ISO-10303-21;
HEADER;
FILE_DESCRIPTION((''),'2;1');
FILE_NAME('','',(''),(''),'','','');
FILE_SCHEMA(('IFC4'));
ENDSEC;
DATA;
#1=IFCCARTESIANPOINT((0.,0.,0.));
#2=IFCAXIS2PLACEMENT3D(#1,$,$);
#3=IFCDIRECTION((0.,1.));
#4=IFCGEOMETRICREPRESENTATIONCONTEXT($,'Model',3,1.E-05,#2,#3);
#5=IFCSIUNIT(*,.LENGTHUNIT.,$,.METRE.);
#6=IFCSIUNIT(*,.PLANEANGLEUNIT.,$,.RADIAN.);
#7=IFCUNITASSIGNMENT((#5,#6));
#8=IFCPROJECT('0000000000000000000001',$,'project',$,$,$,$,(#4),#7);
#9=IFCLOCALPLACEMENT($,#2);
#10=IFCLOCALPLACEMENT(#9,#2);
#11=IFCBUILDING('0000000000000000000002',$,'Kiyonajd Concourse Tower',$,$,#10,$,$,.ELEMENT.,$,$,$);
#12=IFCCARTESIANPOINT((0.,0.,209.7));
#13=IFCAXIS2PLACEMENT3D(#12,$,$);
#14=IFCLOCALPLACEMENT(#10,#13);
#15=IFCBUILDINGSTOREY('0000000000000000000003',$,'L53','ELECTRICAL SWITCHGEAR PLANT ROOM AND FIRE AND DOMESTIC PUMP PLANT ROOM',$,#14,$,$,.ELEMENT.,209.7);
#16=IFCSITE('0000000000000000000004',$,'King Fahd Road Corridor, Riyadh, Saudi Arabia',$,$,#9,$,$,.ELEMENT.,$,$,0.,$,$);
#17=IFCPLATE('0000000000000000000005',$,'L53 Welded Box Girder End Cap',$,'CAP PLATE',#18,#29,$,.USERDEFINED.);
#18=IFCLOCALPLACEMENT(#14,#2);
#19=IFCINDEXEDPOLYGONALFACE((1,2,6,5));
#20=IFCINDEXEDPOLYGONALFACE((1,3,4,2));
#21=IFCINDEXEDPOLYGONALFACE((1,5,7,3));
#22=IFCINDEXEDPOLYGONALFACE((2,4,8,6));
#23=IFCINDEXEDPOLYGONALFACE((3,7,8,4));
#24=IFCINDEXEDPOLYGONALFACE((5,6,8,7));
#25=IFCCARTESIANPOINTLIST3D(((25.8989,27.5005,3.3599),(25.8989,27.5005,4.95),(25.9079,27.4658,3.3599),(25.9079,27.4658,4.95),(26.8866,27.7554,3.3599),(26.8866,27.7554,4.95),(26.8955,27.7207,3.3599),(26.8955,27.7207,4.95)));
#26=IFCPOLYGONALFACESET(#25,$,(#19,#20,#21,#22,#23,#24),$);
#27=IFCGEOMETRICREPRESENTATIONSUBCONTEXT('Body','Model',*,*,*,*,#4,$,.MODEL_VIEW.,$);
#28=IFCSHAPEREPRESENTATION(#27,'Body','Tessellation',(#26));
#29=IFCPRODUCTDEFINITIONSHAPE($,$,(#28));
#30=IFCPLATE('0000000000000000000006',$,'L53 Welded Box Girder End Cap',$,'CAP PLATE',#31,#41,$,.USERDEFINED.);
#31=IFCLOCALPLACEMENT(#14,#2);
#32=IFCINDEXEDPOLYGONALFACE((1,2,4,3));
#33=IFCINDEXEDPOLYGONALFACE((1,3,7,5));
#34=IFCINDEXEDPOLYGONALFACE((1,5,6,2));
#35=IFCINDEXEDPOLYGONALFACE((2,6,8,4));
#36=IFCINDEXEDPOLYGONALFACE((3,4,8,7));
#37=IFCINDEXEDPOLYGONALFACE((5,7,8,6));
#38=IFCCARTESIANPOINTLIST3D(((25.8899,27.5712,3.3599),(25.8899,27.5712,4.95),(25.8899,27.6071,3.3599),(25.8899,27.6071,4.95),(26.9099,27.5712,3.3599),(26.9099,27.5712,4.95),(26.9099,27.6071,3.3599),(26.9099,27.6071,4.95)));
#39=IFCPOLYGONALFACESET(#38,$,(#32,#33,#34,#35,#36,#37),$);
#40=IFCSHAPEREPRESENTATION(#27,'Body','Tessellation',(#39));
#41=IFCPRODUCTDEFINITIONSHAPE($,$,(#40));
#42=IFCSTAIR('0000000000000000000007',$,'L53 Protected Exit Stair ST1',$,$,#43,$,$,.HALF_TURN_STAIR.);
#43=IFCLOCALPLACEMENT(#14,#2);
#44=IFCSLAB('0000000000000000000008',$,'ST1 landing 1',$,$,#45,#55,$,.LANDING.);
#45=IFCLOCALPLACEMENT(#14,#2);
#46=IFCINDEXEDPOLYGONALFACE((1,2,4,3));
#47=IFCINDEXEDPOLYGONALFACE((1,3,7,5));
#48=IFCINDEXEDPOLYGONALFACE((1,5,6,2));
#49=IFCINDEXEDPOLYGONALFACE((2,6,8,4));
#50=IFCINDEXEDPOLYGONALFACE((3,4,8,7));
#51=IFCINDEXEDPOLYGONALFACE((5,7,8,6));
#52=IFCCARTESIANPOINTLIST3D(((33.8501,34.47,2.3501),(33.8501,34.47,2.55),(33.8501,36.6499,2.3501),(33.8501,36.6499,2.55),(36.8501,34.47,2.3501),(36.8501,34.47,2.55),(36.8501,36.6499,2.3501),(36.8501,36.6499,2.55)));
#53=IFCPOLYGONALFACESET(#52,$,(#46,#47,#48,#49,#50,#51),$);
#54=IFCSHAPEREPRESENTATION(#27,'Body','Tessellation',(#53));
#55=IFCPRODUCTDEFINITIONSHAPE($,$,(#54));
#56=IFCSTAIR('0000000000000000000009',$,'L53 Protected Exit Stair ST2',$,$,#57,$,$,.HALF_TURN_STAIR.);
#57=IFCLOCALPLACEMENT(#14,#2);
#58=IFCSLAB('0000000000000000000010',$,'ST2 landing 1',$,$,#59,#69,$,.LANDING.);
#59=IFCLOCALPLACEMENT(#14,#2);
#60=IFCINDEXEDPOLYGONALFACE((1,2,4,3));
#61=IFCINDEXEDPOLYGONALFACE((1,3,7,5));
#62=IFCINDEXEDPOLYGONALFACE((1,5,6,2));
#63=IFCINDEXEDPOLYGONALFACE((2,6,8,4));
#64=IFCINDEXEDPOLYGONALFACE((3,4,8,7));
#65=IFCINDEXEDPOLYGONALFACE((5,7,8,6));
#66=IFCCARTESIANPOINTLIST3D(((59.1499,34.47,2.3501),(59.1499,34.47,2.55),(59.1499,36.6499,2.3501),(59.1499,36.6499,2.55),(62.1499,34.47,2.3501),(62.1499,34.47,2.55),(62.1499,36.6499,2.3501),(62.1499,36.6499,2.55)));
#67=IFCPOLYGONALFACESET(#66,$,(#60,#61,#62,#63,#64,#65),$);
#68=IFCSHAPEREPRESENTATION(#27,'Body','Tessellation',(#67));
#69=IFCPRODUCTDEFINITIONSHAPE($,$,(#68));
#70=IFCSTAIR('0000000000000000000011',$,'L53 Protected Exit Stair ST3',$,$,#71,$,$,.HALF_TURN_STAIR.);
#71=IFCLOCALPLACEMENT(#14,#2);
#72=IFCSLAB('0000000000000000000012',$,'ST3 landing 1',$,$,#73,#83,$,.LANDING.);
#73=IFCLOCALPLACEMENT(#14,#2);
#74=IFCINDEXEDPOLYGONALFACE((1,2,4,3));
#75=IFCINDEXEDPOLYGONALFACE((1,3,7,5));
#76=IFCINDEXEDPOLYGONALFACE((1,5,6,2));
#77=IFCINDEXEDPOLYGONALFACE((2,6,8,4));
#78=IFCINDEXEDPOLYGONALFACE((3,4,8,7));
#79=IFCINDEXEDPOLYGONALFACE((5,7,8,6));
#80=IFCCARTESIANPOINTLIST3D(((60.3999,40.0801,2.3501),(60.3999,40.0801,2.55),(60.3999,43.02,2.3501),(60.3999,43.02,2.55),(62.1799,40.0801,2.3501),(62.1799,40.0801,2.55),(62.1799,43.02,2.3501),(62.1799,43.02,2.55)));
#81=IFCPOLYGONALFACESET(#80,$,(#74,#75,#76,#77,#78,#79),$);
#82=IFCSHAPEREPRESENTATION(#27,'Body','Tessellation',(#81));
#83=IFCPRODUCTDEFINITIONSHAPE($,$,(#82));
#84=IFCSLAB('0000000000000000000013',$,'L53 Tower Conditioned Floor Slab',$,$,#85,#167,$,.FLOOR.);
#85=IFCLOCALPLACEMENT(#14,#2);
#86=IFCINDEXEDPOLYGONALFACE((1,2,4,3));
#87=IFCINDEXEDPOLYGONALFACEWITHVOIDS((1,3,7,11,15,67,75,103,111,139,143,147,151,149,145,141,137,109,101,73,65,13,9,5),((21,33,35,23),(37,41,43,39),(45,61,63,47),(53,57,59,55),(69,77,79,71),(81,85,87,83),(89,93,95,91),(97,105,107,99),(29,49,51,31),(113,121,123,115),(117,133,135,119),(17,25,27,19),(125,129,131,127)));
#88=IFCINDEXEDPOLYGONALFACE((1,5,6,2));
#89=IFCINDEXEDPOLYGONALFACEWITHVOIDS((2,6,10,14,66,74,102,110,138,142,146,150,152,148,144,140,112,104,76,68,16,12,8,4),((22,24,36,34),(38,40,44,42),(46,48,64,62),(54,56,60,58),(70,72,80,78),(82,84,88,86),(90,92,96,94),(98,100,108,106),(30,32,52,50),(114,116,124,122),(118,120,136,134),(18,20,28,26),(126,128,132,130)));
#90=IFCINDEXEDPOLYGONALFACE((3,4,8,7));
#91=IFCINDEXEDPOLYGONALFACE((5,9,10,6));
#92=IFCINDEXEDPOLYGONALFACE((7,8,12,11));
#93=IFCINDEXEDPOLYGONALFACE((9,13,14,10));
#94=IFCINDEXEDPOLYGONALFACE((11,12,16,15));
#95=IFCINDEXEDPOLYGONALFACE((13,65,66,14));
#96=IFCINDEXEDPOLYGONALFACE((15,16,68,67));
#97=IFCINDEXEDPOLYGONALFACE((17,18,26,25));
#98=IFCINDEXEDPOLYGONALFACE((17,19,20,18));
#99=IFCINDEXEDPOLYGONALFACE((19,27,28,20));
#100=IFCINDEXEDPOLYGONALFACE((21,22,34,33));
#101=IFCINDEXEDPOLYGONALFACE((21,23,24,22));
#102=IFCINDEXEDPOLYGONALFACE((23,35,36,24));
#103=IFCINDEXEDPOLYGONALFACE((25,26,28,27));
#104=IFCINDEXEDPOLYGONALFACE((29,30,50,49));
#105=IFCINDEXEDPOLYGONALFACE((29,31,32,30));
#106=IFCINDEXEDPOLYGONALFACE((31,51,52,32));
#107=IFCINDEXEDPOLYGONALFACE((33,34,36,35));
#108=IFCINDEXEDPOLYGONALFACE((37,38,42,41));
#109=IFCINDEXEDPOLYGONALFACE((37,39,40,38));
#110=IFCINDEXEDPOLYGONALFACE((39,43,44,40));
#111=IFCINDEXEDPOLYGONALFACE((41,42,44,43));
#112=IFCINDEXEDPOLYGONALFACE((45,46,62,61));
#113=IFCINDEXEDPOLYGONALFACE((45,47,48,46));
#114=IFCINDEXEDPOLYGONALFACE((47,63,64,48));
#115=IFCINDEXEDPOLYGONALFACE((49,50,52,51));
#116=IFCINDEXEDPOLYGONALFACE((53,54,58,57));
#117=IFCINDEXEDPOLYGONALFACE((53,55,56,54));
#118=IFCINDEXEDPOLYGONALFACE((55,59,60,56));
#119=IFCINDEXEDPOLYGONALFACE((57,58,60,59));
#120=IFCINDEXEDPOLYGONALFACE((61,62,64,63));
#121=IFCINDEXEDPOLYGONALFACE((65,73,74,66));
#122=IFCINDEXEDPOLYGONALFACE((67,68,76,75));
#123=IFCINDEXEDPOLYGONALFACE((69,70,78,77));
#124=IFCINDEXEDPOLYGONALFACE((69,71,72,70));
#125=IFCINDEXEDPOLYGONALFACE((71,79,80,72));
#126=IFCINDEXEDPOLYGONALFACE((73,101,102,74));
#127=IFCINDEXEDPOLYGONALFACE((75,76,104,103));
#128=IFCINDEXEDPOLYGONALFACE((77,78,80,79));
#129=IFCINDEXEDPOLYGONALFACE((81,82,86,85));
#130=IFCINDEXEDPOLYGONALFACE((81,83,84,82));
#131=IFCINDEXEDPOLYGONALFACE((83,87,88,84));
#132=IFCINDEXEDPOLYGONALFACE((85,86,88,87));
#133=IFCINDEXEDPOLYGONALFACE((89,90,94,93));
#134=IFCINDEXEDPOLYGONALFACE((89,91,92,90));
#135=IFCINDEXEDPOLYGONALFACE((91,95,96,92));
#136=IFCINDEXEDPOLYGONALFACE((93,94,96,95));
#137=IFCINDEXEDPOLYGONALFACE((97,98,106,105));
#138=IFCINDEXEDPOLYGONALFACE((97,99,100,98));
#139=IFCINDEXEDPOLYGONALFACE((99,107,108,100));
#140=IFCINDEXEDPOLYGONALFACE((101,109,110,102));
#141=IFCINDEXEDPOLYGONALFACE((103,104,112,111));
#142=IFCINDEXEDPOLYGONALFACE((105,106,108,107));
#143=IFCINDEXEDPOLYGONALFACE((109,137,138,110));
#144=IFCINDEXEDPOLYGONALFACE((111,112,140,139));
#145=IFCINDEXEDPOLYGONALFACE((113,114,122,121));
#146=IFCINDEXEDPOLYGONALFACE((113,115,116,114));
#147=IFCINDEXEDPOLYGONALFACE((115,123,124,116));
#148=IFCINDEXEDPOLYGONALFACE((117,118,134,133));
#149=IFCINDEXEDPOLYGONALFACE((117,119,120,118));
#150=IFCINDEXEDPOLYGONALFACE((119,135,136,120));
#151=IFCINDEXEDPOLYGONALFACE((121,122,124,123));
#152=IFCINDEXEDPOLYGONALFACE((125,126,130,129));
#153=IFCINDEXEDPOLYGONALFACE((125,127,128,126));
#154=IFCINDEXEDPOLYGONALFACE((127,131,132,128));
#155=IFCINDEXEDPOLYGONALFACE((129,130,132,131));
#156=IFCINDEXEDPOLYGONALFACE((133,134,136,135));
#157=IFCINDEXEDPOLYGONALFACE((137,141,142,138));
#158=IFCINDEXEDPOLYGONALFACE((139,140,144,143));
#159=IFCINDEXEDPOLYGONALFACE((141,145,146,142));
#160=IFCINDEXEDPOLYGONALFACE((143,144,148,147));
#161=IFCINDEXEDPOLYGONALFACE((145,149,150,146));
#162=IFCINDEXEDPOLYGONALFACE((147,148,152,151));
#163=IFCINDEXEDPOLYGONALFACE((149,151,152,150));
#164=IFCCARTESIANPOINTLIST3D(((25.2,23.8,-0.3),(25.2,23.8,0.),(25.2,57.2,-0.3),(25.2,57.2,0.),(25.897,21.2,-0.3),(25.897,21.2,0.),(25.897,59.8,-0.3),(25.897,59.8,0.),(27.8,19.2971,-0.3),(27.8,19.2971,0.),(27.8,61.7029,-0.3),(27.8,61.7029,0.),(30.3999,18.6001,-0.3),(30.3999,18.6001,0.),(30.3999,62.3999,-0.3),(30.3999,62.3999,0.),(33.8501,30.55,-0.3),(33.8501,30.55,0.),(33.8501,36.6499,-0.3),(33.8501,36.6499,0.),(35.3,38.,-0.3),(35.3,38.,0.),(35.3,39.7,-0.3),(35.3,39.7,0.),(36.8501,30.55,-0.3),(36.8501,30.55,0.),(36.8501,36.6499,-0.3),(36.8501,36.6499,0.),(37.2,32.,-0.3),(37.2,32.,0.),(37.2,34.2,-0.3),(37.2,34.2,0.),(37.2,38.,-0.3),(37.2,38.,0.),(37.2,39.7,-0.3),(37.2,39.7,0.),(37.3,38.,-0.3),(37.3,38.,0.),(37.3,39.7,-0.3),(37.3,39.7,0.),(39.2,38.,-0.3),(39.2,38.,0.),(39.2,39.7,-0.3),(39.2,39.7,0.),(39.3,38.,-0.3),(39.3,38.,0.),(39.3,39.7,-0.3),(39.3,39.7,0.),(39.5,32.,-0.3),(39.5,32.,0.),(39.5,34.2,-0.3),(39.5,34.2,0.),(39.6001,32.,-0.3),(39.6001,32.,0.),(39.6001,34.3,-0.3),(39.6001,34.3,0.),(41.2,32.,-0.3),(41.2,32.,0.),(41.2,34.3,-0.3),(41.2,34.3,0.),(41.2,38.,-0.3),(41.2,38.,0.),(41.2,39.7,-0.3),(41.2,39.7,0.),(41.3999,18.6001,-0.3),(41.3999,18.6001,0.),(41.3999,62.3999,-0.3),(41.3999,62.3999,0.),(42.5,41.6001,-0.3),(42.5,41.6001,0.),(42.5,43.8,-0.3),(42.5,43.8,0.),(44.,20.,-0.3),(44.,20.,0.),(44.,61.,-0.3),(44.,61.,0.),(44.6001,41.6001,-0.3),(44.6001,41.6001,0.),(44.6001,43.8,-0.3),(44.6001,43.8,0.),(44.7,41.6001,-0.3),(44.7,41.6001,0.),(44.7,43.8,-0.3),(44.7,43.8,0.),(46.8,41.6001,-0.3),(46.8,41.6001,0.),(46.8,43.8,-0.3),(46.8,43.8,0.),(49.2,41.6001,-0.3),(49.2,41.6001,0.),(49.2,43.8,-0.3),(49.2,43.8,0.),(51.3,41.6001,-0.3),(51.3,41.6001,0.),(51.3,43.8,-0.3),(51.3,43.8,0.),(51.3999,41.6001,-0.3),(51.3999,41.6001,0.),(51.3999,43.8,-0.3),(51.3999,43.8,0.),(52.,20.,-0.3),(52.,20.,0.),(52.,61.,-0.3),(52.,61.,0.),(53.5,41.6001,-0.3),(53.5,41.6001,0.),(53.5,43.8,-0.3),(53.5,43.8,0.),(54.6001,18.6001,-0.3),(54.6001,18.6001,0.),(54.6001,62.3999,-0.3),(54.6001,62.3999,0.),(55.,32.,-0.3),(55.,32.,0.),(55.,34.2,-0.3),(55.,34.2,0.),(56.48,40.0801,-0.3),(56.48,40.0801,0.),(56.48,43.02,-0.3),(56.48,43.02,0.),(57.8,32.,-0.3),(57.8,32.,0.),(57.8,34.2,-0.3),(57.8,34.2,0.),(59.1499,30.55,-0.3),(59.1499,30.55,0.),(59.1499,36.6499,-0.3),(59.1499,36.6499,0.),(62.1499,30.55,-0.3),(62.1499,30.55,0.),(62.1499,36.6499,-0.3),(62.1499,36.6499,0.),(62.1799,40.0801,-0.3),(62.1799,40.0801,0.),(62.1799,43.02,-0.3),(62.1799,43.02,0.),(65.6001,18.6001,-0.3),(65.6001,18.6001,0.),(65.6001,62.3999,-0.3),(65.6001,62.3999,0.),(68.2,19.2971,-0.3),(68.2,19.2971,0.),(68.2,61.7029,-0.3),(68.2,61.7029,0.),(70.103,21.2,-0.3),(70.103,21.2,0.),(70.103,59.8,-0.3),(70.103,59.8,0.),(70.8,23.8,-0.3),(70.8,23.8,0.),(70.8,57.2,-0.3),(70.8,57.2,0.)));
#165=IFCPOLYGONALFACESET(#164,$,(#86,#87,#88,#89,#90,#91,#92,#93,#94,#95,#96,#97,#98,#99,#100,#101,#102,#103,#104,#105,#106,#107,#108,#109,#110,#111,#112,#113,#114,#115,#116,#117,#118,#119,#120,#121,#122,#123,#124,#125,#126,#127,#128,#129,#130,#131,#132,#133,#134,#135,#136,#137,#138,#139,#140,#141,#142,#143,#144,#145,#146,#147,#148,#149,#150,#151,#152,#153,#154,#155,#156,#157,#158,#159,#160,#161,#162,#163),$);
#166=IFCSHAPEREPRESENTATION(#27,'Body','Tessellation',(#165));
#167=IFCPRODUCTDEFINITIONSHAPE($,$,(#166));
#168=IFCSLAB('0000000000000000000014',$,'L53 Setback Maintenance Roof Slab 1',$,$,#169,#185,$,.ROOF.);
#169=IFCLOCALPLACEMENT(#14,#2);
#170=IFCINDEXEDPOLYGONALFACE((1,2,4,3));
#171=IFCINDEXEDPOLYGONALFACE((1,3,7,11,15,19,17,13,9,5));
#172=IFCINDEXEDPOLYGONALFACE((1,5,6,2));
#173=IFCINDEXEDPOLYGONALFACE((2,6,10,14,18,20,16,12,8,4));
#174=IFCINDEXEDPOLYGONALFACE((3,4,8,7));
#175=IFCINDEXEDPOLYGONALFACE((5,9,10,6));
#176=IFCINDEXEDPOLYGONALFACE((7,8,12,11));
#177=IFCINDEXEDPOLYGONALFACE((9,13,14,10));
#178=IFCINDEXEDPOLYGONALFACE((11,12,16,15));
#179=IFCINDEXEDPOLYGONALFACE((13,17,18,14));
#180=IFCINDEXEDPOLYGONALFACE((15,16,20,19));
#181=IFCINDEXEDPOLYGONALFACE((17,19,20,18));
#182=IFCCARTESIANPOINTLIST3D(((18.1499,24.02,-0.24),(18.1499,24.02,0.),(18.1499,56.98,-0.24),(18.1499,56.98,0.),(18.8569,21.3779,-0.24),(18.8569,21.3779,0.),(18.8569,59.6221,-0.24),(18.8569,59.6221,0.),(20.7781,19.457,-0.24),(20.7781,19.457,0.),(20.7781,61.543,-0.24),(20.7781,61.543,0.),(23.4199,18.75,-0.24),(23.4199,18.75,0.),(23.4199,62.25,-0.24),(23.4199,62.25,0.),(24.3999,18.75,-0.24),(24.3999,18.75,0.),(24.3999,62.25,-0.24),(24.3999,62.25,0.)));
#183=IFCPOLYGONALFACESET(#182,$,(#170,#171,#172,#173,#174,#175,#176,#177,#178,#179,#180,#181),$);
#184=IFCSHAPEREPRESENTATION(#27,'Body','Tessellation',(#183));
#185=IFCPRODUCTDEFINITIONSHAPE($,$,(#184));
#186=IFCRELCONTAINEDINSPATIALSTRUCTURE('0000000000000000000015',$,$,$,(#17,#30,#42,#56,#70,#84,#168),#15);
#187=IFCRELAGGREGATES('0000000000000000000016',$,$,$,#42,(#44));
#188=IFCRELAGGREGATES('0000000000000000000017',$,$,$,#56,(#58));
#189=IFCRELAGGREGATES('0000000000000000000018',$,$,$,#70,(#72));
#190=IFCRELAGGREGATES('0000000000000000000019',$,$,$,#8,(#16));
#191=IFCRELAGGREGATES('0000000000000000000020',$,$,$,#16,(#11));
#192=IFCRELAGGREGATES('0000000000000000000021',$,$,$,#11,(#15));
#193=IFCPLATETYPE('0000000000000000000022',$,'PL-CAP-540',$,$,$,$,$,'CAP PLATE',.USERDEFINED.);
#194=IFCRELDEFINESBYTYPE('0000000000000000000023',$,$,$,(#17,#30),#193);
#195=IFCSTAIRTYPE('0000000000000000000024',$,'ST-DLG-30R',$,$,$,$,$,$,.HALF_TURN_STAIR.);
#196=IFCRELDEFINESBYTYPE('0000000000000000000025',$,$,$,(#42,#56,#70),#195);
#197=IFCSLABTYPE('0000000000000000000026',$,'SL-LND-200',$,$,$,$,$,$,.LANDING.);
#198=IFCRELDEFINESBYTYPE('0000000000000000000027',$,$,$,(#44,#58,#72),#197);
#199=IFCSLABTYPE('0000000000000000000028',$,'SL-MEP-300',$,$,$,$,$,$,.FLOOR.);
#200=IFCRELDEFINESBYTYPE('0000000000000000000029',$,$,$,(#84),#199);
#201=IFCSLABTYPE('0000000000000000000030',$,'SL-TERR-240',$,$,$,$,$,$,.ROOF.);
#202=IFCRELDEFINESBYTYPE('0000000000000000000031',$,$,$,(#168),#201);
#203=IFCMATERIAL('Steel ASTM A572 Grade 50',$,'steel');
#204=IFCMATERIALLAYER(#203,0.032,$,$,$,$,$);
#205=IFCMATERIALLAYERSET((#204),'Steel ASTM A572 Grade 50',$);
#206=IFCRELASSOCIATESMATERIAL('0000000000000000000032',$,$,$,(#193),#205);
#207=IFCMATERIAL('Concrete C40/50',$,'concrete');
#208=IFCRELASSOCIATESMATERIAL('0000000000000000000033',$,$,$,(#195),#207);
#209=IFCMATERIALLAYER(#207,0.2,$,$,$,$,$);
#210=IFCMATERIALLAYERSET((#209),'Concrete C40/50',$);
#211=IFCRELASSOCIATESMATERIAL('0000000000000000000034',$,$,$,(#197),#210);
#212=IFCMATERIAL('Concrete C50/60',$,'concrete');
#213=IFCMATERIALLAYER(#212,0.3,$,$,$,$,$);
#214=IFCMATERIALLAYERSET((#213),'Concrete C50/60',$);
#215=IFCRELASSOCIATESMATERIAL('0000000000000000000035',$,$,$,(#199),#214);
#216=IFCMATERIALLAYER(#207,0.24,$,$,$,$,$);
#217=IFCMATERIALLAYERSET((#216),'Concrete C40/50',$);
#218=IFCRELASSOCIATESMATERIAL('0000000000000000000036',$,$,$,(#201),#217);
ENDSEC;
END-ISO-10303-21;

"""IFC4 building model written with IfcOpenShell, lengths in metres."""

from ifc_helpers import new_model, si_unit, direction, frame, origin, origin_2d, place, context, subcontext, project, spatial, polyline, rectangle, outline, extrude, material, layer, layer_set, type_object, element, aggregate, save


model = new_model("IFC4")

# Units and contexts
model_context = context("Model", 3, precision=1e-05, world=origin(), true_north=direction((0.0, 1.0)))
body_context = subcontext(model_context, "Body", "Model", "MODEL_VIEW")
ifc_project = project(units=[si_unit("LENGTHUNIT", "METRE"), si_unit("PLANEANGLEUNIT", "RADIAN")], contexts=[model_context])

# Site, building, storey
site_placement = place(None, origin())
site = spatial("IfcSite", under=ifc_project, at=site_placement, Name="King Fahd Road Corridor, Riyadh, Saudi Arabia", CompositionType="ELEMENT", RefElevation=0.0)
building_placement = place(site_placement, origin())
building = spatial("IfcBuilding", under=site, at=building_placement, Name="Kiyonajd Concourse Tower", CompositionType="ELEMENT")
storey_placement = place(building_placement, frame((0.0, 0.0, 209.7)))
storey = spatial("IfcBuildingStorey", under=building, at=storey_placement, Name="L53", Description="ELECTRICAL SWITCHGEAR PLANT ROOM AND FIRE AND DOMESTIC PUMP PLANT ROOM", CompositionType="ELEMENT", Elevation=209.7)

# Shared definitions
ifc_material_1 = material(Name="Steel ASTM A572 Grade 50", Category="steel")

# Plates
ifc_layer_1 = layer(ifc_material_1, 0.032)
ifc_layer_set_1 = layer_set([ifc_layer_1], Name="Steel ASTM A572 Grade 50")
plate_type_1 = type_object("IfcPlateType", Name="PL-CAP-540", ElementType="CAP PLATE", PredefinedType="USERDEFINED", material=ifc_layer_set_1)
for number, where, z_axis, x_axis, name in (
    (1, (26.3972, 27.6106, 3.3599), (0.0, 0.0, 1.0), (-0.249873, 0.968279, 0.0), "L53 Welded Box Girder End Cap"),
    (2, (26.3999, 27.5891, 3.3599), (0.0, 0.0, 1.0), (0.0, -1.0, 0.0), "L53 Welded Box Girder End Cap"),
):
    element("IfcPlate", number, at=place(storey_placement, frame(where, z_axis=z_axis, x_axis=x_axis)), inside=storey, type_object=plate_type_1, Name=name, ObjectType="CAP PLATE", PredefinedType="USERDEFINED", context=body_context, shape_type="SweptSolid", body=[
        extrude(rectangle(XDim=0.0359, YDim=1.02, at=origin_2d()), origin(), (0.0, 0.0, 1.0), 1.5901),
    ])

# Stairs, slabs
ifc_material_2 = material(Name="Concrete C40/50", Category="concrete")
stair_type = type_object("IfcStairType", Name="ST-DLG-30R", PredefinedType="HALF_TURN_STAIR", material=ifc_material_2)
stair_1_placement = place(storey_placement, origin())
stair_1 = element("IfcStair", 3, at=stair_1_placement, inside=storey, type_object=stair_type, Name="L53 Protected Exit Stair ST1", PredefinedType="HALF_TURN_STAIR")
ifc_layer_2 = layer(ifc_material_2, 0.2)
ifc_layer_set_2 = layer_set([ifc_layer_2], Name="Concrete C40/50")
slab_type_1 = type_object("IfcSlabType", Name="SL-LND-200", PredefinedType="LANDING", material=ifc_layer_set_2)
slab_1_placement = place(storey_placement, frame((0.0, 0.0, 2.3501)))
slab_1 = element("IfcSlab", 4, at=slab_1_placement, type_object=slab_type_1, Name="ST1 landing 1", PredefinedType="LANDING", context=body_context, shape_type="SweptSolid", body=[
    extrude(outline(polyline([(36.8501, 34.47), (36.8501, 36.6499), (33.8501, 36.6499), (33.8501, 34.47), (36.8501, 34.47)])), origin(), (0.0, 0.0, 1.0), 0.2),
])
aggregate(stair_1, [slab_1])
stair_2_placement = place(storey_placement, origin())
stair_2 = element("IfcStair", 5, at=stair_2_placement, inside=storey, type_object=stair_type, Name="L53 Protected Exit Stair ST2", PredefinedType="HALF_TURN_STAIR")
slab_2_placement = place(storey_placement, frame((0.0, 0.0, 2.3501)))
slab_2 = element("IfcSlab", 6, at=slab_2_placement, type_object=slab_type_1, Name="ST2 landing 1", PredefinedType="LANDING", context=body_context, shape_type="SweptSolid", body=[
    extrude(outline(polyline([(62.1499, 34.47), (62.1499, 36.6499), (59.1499, 36.6499), (59.1499, 34.47), (62.1499, 34.47)])), origin(), (0.0, 0.0, 1.0), 0.2),
])
aggregate(stair_2, [slab_2])
stair_3_placement = place(storey_placement, origin())
stair_3 = element("IfcStair", 7, at=stair_3_placement, inside=storey, type_object=stair_type, Name="L53 Protected Exit Stair ST3", PredefinedType="HALF_TURN_STAIR")
slab_3_placement = place(storey_placement, frame((0.0, 0.0, 2.3501)))
slab_3 = element("IfcSlab", 8, at=slab_3_placement, type_object=slab_type_1, Name="ST3 landing 1", PredefinedType="LANDING", context=body_context, shape_type="SweptSolid", body=[
    extrude(outline(polyline([(60.3999, 40.0801), (62.1799, 40.0801), (62.1799, 43.02), (60.3999, 43.02), (60.3999, 40.0801)])), origin(), (0.0, 0.0, 1.0), 0.2),
])
aggregate(stair_3, [slab_3])

# Slabs
ifc_material_3 = material(Name="Concrete C50/60", Category="concrete")
ifc_layer_3 = layer(ifc_material_3, 0.3)
ifc_layer_set_3 = layer_set([ifc_layer_3], Name="Concrete C50/60")
slab_type_2 = type_object("IfcSlabType", Name="SL-MEP-300", PredefinedType="FLOOR", material=ifc_layer_set_3)
slab_4_placement = place(storey_placement, frame((0.0, 0.0, -0.3)))
element("IfcSlab", 9, at=slab_4_placement, inside=storey, type_object=slab_type_2, Name="L53 Tower Conditioned Floor Slab", PredefinedType="FLOOR", context=body_context, shape_type="SweptSolid", body=[
    extrude(outline(polyline([(25.2, 23.8), (25.897, 21.2), (27.8, 19.2971), (30.3999, 18.6001), (41.3999, 18.6001), (44.0, 20.0), (52.0, 20.0), (54.6001, 18.6001), (65.6001, 18.6001), (68.2, 19.2971), (70.103, 21.2), (70.8, 23.8), (70.8, 57.2), (70.103, 59.8), (68.2, 61.7029), (65.6001, 62.3999), (54.6001, 62.3999), (52.0, 61.0), (44.0, 61.0), (41.3999, 62.3999), (30.3999, 62.3999), (27.8, 61.7029), (25.897, 59.8), (25.2, 57.2), (25.2, 23.8)]), holes=[polyline([(39.5, 32.0), (37.2, 32.0), (37.2, 34.2), (39.5, 34.2), (39.5, 32.0)]), polyline([(39.6001, 32.0), (39.6001, 34.3), (41.2, 34.3), (41.2, 32.0), (39.6001, 32.0)]), polyline([(33.8501, 30.55), (33.8501, 36.6499), (36.8501, 36.6499), (36.8501, 30.55), (33.8501, 30.55)]), polyline([(37.2, 38.0), (35.3, 38.0), (35.3, 39.7), (37.2, 39.7), (37.2, 38.0)]), polyline([(37.3, 38.0), (37.3, 39.7), (39.2, 39.7), (39.2, 38.0), (37.3, 38.0)]), polyline([(39.3, 38.0), (39.3, 39.7), (41.2, 39.7), (41.2, 38.0), (39.3, 38.0)]), polyline([(44.6001, 41.6001), (42.5, 41.6001), (42.5, 43.8), (44.6001, 43.8), (44.6001, 41.6001)]), polyline([(55.0, 32.0), (55.0, 34.2), (57.8, 34.2), (57.8, 32.0), (55.0, 32.0)]), polyline([(59.1499, 30.55), (59.1499, 36.6499), (62.1499, 36.6499), (62.1499, 30.55), (59.1499, 30.55)]), polyline([(56.48, 43.02), (62.1799, 43.02), (62.1799, 40.0801), (56.48, 40.0801), (56.48, 43.02)]), polyline([(44.7, 41.6001), (44.7, 43.8), (46.8, 43.8), (46.8, 41.6001), (44.7, 41.6001)]), polyline([(49.2, 41.6001), (49.2, 43.8), (51.3, 43.8), (51.3, 41.6001), (49.2, 41.6001)]), polyline([(51.3999, 41.6001), (51.3999, 43.8), (53.5, 43.8), (53.5, 41.6001), (51.3999, 41.6001)])]), origin(), (0.0, 0.0, 1.0), 0.3),
])
ifc_layer_4 = layer(ifc_material_2, 0.24)
ifc_layer_set_4 = layer_set([ifc_layer_4], Name="Concrete C40/50")
slab_type_3 = type_object("IfcSlabType", Name="SL-TERR-240", PredefinedType="ROOF", material=ifc_layer_set_4)
slab_5_placement = place(storey_placement, frame((0.0, 0.0, -0.24)))
element("IfcSlab", 10, at=slab_5_placement, inside=storey, type_object=slab_type_3, Name="L53 Setback Maintenance Roof Slab 1", PredefinedType="ROOF", context=body_context, shape_type="SweptSolid", body=[
    extrude(outline(polyline([(18.8569, 59.6221), (20.7781, 61.543), (23.4199, 62.25), (24.3999, 62.25), (24.3999, 18.75), (23.4199, 18.75), (20.7781, 19.457), (18.8569, 21.3779), (18.1499, 24.02), (18.1499, 56.98), (18.8569, 59.6221)])), origin(), (0.0, 0.0, 1.0), 0.24),
])

save(model, "model.ifc")
